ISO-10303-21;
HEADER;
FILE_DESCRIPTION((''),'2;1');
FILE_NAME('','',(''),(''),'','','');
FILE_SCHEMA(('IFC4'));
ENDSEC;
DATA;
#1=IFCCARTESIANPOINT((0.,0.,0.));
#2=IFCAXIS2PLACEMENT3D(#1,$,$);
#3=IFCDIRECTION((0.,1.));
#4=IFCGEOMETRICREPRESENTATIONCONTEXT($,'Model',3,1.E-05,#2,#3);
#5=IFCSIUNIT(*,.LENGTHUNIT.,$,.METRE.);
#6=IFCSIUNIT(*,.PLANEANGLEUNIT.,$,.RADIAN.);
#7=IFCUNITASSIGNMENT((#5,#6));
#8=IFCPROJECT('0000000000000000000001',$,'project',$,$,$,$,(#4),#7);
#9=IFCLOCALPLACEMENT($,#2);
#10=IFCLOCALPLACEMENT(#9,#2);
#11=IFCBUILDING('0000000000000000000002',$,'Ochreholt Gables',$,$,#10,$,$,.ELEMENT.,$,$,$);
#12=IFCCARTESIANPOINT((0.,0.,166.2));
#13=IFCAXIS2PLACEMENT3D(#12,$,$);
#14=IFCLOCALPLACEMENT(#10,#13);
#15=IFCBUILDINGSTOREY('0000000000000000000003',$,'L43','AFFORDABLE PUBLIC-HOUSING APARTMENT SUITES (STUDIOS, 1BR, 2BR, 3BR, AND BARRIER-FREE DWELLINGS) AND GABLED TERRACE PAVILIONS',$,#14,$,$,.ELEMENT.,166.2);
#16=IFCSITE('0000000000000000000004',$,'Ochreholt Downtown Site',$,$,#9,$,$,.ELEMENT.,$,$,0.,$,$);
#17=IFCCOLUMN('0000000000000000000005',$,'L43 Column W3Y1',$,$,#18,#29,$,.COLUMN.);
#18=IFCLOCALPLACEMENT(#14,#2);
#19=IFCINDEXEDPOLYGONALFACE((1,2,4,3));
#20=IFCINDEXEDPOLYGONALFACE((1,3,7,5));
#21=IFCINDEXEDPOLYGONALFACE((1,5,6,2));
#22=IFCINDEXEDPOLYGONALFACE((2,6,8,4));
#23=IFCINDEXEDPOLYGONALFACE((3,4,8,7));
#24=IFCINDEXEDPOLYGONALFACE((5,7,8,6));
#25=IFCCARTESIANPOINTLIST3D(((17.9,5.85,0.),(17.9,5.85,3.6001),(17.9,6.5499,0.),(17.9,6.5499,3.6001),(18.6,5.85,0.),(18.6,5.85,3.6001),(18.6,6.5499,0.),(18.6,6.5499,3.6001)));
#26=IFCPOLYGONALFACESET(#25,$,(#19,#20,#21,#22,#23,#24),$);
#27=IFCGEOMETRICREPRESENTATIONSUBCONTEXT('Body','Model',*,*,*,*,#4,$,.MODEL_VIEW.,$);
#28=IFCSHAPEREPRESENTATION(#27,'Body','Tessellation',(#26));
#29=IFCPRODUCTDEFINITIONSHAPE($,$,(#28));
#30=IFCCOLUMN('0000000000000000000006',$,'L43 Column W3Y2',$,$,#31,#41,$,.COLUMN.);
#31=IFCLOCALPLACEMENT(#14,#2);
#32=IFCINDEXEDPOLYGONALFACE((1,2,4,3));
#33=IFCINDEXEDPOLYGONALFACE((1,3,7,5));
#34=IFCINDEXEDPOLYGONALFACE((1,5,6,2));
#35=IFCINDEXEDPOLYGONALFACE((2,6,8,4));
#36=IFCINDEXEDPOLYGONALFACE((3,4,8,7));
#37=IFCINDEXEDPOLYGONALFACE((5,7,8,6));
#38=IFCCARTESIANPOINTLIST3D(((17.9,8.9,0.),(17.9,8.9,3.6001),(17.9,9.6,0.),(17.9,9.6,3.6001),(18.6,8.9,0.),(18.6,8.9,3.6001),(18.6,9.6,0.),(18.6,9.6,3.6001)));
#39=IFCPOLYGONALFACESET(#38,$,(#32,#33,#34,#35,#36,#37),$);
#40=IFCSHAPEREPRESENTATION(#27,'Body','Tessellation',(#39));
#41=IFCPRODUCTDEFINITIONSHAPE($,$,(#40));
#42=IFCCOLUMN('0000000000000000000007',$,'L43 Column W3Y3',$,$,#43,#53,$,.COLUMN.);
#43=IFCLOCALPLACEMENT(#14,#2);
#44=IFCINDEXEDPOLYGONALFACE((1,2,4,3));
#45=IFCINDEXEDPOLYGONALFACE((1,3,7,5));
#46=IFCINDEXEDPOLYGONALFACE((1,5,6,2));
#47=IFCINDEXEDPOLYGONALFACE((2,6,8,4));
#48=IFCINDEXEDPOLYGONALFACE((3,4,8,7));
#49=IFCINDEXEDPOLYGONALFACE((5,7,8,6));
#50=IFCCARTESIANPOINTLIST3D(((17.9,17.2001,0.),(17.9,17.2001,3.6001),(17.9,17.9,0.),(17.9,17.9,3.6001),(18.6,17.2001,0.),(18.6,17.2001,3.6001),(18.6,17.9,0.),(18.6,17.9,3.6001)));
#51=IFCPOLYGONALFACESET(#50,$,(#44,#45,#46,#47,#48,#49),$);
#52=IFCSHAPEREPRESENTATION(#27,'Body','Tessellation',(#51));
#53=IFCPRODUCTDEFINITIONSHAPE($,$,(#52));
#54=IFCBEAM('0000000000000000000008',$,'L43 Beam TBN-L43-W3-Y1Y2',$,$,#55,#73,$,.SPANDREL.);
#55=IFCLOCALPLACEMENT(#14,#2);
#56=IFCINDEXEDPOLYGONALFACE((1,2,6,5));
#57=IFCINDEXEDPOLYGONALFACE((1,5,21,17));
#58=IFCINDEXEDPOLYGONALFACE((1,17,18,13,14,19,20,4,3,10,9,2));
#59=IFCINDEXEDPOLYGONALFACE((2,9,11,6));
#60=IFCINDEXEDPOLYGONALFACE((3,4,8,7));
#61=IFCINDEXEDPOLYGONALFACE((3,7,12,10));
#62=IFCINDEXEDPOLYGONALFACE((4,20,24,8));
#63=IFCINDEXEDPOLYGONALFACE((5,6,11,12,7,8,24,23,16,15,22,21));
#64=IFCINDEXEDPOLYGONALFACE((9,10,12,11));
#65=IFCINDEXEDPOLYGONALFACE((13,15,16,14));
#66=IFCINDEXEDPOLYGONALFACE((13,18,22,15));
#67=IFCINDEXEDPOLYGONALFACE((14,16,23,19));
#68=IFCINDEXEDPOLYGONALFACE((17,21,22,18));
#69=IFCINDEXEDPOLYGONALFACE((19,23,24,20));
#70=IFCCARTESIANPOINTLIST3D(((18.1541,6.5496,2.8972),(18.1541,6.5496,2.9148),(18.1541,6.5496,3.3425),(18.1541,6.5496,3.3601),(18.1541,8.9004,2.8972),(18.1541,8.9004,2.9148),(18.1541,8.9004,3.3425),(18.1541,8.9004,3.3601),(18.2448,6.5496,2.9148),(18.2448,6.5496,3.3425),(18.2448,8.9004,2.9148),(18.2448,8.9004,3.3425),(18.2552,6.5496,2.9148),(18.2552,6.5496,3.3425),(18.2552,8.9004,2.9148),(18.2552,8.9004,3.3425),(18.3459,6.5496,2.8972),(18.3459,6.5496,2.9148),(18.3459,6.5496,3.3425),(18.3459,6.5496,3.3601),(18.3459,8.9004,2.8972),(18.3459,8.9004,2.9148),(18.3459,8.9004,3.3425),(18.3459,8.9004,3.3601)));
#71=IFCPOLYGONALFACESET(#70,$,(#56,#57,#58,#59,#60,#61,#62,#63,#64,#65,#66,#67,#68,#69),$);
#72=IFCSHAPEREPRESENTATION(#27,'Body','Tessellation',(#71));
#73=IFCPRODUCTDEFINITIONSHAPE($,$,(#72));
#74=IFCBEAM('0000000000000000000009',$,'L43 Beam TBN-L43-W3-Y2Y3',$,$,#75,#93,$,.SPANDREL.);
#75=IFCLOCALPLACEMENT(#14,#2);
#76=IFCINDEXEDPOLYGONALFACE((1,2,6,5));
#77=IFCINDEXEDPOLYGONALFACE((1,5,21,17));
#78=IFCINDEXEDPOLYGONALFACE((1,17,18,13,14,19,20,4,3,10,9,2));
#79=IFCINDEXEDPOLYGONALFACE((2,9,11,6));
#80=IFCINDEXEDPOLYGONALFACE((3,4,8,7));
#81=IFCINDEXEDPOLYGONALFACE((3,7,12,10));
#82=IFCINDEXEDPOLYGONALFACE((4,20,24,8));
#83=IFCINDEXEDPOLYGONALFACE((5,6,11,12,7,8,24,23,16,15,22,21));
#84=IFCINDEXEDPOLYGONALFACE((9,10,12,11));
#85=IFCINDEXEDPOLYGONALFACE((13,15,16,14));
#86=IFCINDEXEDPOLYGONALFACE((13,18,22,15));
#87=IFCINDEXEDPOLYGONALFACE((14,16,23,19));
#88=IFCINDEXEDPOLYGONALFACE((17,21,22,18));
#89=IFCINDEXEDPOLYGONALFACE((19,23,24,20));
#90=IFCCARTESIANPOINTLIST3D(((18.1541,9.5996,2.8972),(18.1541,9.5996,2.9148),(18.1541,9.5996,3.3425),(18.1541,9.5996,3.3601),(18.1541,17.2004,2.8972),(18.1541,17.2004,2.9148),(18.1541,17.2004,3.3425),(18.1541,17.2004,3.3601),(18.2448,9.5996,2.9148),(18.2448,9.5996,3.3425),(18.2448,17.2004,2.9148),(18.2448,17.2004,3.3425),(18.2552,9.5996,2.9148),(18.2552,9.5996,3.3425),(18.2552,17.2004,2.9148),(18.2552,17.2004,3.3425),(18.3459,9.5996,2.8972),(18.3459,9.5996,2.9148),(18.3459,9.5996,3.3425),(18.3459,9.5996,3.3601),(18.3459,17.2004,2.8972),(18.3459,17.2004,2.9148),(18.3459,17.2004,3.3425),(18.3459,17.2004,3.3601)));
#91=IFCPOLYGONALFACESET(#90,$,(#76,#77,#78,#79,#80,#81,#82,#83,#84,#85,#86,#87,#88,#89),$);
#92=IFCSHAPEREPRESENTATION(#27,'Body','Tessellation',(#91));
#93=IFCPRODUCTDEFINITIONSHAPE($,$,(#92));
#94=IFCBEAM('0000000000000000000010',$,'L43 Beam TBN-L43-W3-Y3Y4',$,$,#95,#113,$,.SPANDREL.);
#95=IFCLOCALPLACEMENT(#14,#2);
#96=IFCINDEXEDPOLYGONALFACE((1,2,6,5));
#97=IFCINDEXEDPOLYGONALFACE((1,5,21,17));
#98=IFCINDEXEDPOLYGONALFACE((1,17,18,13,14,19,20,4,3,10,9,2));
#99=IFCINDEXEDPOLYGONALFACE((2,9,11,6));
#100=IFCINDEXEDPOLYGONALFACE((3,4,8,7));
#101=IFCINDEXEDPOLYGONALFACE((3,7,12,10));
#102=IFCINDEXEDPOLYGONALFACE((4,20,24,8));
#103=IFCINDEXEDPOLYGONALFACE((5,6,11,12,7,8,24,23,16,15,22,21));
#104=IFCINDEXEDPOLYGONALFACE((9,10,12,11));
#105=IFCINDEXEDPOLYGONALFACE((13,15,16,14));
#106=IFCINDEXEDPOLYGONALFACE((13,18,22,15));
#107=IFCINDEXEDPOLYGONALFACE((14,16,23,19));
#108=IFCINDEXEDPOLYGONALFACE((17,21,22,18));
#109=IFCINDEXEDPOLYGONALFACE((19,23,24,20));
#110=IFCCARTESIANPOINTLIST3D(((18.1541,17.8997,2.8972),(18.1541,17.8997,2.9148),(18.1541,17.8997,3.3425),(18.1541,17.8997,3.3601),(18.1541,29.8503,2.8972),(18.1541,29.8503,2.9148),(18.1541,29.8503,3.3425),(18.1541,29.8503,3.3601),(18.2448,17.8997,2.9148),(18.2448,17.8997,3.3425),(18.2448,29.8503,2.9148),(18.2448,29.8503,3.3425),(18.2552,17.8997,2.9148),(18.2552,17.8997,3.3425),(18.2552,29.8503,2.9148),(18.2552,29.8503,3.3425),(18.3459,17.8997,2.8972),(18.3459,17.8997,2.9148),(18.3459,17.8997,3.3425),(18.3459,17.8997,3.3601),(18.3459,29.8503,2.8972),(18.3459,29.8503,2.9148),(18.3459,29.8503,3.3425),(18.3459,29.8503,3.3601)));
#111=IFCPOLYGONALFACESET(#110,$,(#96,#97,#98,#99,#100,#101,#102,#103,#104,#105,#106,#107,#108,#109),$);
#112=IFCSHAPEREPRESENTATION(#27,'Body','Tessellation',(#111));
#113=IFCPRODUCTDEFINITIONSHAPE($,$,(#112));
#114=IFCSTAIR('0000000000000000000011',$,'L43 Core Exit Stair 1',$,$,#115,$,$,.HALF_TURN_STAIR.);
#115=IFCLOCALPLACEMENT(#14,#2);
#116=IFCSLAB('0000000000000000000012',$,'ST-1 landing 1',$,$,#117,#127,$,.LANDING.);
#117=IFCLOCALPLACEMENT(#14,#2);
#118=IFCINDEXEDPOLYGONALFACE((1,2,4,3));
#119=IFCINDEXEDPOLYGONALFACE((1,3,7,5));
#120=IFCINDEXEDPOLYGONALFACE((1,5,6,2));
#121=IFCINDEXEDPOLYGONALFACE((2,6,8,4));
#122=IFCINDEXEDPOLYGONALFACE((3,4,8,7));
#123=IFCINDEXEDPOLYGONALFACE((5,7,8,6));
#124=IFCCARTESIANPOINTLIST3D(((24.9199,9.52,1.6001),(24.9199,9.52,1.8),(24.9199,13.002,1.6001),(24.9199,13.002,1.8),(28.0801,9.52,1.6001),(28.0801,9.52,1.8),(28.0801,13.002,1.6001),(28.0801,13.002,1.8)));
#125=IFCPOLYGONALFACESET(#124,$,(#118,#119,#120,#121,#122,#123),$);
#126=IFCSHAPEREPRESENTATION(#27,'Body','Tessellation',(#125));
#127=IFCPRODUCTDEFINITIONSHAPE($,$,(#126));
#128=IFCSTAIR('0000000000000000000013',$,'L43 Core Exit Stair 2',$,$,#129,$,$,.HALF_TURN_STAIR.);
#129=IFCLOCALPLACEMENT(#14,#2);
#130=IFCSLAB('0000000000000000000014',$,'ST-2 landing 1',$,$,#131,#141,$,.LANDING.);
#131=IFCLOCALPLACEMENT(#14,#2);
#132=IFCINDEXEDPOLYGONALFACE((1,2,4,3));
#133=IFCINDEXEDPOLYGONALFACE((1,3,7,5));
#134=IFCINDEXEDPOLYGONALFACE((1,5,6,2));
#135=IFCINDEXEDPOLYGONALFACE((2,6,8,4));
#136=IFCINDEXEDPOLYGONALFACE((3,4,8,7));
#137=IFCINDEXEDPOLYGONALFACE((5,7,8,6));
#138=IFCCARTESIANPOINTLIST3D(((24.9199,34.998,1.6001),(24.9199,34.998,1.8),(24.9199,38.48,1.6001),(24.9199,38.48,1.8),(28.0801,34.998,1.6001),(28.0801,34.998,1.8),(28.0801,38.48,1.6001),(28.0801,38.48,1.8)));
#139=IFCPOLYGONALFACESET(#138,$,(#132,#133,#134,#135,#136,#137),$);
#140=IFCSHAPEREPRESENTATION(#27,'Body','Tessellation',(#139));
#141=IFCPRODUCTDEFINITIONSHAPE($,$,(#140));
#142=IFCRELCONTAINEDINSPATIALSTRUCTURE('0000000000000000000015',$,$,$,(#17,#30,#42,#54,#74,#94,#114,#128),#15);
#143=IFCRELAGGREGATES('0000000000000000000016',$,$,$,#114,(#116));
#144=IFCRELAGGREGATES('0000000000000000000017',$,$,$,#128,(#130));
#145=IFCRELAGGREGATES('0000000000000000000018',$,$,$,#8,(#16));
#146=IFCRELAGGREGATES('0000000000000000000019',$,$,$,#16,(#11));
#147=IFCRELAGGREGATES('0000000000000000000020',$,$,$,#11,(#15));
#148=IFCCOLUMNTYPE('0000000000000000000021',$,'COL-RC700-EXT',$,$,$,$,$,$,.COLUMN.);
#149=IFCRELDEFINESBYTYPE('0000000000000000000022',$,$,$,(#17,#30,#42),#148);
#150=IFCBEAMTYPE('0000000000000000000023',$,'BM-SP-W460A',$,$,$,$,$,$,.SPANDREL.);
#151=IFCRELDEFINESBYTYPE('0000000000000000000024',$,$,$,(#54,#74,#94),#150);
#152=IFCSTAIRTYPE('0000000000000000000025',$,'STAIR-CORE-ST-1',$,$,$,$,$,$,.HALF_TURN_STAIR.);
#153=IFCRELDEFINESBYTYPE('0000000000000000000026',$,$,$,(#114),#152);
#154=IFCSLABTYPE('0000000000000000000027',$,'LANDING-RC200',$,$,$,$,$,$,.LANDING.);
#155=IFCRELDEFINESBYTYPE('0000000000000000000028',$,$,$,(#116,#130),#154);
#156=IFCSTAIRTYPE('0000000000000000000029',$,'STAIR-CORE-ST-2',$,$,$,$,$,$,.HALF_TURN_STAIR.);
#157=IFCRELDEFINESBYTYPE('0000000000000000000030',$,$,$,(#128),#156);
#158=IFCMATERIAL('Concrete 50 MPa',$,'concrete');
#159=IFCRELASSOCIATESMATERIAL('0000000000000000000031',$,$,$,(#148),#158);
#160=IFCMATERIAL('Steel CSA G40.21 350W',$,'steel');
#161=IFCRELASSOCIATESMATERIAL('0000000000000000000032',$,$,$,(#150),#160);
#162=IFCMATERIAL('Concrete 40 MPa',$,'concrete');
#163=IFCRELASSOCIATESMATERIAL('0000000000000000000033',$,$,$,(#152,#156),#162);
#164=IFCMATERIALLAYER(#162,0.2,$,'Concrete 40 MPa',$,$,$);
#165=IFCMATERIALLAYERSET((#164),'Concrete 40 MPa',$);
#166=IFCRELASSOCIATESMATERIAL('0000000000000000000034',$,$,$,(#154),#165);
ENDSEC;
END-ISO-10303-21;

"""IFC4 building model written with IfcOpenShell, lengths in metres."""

from ifc_helpers import new_model, si_unit, direction, frame, origin, origin_2d, place, context, subcontext, project, spatial, polyline, rectangle, i_section, outline, extrude, material, layer, layer_set, material_profile, profile_set, type_object, element, aggregate, save


model = new_model("IFC4")

# Units and contexts
model_context = context("Model", 3, precision=1e-05, world=origin(), true_north=direction((0.0, 1.0)))
body_context = subcontext(model_context, "Body", "Model", "MODEL_VIEW")
ifc_project = project(units=[si_unit("LENGTHUNIT", "METRE"), si_unit("PLANEANGLEUNIT", "RADIAN")], contexts=[model_context])

# Site, building, storey
site_placement = place(None, origin())
site = spatial("IfcSite", under=ifc_project, at=site_placement, Name="Ochreholt Downtown Site", CompositionType="ELEMENT", RefElevation=0.0)
building_placement = place(site_placement, origin())
building = spatial("IfcBuilding", under=site, at=building_placement, Name="Ochreholt Gables", CompositionType="ELEMENT")
storey_placement = place(building_placement, frame((0.0, 0.0, 166.2)))
storey = spatial("IfcBuildingStorey", under=building, at=storey_placement, Name="L43", Description="AFFORDABLE PUBLIC-HOUSING APARTMENT SUITES (STUDIOS, 1BR, 2BR, 3BR, AND BARRIER-FREE DWELLINGS) AND GABLED TERRACE PAVILIONS", CompositionType="ELEMENT", Elevation=166.2)

# Columns
ifc_material_1 = material(Name="Concrete 50 MPa", Category="concrete")
ifc_material_profile_1 = material_profile(ifc_material_1, rectangle(XDim=0.7, YDim=0.7, at=origin_2d()), Name="RC700X700")
ifc_profile_set_1 = profile_set([ifc_material_profile_1], Name="Concrete 50 MPa")
column_type = type_object("IfcColumnType", Name="COL-RC700-EXT", PredefinedType="COLUMN", material=ifc_profile_set_1)
for number, where, z_axis, x_axis, name in (
    (1, (18.25, 6.2, 0.0), (0.0, 0.0, 1.0), (1.0, 0.0, 0.0), "L43 Column W3Y1"),
    (2, (18.25, 9.25, 0.0), (0.0, 0.0, 1.0), (1.0, 0.0, 0.0), "L43 Column W3Y2"),
    (3, (18.25, 17.55, 0.0), (0.0, 0.0, 1.0), (1.0, 0.0, 0.0), "L43 Column W3Y3"),
):
    element("IfcColumn", number, at=place(storey_placement, frame(where, z_axis=z_axis, x_axis=x_axis)), inside=storey, type_object=column_type, Name=name, PredefinedType="COLUMN", context=body_context, shape_type="SweptSolid", body=[
        extrude(rectangle(XDim=0.7, YDim=0.7, at=origin_2d()), origin(), (0.0, 0.0, 1.0), 3.6001),
    ])

# Beams
ifc_material_2 = material(Name="Steel CSA G40.21 350W", Category="steel")
ifc_material_profile_2 = material_profile(ifc_material_2, i_section(OverallWidth=0.1919, OverallDepth=0.4629, WebThickness=0.0105, FlangeThickness=0.0176, at=origin_2d()), Name="W460X89")
ifc_profile_set_2 = profile_set([ifc_material_profile_2], Name="Steel CSA G40.21 350W")
beam_type = type_object("IfcBeamType", Name="BM-SP-W460A", PredefinedType="SPANDREL", material=ifc_profile_set_2)
beam_1_placement = place(storey_placement, frame((18.25, 6.5496, 3.1287), z_axis=(0.0, 1.0, 0.0), x_axis=(-1.0, 0.0, 0.0)))
element("IfcBeam", 4, at=beam_1_placement, inside=storey, type_object=beam_type, Name="L43 Beam TBN-L43-W3-Y1Y2", PredefinedType="SPANDREL", context=body_context, shape_type="SweptSolid", body=[
    extrude(i_section(OverallWidth=0.1919, OverallDepth=0.4629, WebThickness=0.0105, FlangeThickness=0.0176, at=origin_2d()), origin(), (0.0, 0.0, 1.0), 2.3508),
])
beam_2_placement = place(storey_placement, frame((18.25, 9.5996, 3.1287), z_axis=(0.0, 1.0, 0.0), x_axis=(-1.0, 0.0, 0.0)))
element("IfcBeam", 5, at=beam_2_placement, inside=storey, type_object=beam_type, Name="L43 Beam TBN-L43-W3-Y2Y3", PredefinedType="SPANDREL", context=body_context, shape_type="SweptSolid", body=[
    extrude(i_section(OverallWidth=0.1919, OverallDepth=0.4629, WebThickness=0.0105, FlangeThickness=0.0176, at=origin_2d()), origin(), (0.0, 0.0, 1.0), 7.6008),
])
beam_3_placement = place(storey_placement, frame((18.25, 17.8997, 3.1287), z_axis=(0.0, 1.0, 0.0), x_axis=(-1.0, 0.0, 0.0)))
element("IfcBeam", 6, at=beam_3_placement, inside=storey, type_object=beam_type, Name="L43 Beam TBN-L43-W3-Y3Y4", PredefinedType="SPANDREL", context=body_context, shape_type="SweptSolid", body=[
    extrude(i_section(OverallWidth=0.1919, OverallDepth=0.4629, WebThickness=0.0105, FlangeThickness=0.0176, at=origin_2d()), origin(), (0.0, 0.0, 1.0), 11.9507),
])

# Stairs, slabs
ifc_material_3 = material(Name="Concrete 40 MPa", Category="concrete")
stair_type_1 = type_object("IfcStairType", Name="STAIR-CORE-ST-1", PredefinedType="HALF_TURN_STAIR", material=ifc_material_3)
stair_1_placement = place(storey_placement, origin())
stair_1 = element("IfcStair", 7, at=stair_1_placement, inside=storey, type_object=stair_type_1, Name="L43 Core Exit Stair 1", PredefinedType="HALF_TURN_STAIR")
ifc_layer_1 = layer(ifc_material_3, 0.2, Name="Concrete 40 MPa")
ifc_layer_set_1 = layer_set([ifc_layer_1], Name="Concrete 40 MPa")
slab_type_1 = type_object("IfcSlabType", Name="LANDING-RC200", PredefinedType="LANDING", material=ifc_layer_set_1)
slab_1_placement = place(storey_placement, frame((0.0, 0.0, 1.6001)))
slab_1 = element("IfcSlab", 8, at=slab_1_placement, type_object=slab_type_1, Name="ST-1 landing 1", PredefinedType="LANDING", context=body_context, shape_type="SweptSolid", body=[
    extrude(outline(polyline([(24.9199, 13.002), (24.9199, 9.52), (28.0801, 9.52), (28.0801, 13.002), (24.9199, 13.002)])), origin(), (0.0, 0.0, 1.0), 0.2),
])
aggregate(stair_1, [slab_1])
stair_type_2 = type_object("IfcStairType", Name="STAIR-CORE-ST-2", PredefinedType="HALF_TURN_STAIR", material=ifc_material_3)
stair_2_placement = place(storey_placement, origin())
stair_2 = element("IfcStair", 9, at=stair_2_placement, inside=storey, type_object=stair_type_2, Name="L43 Core Exit Stair 2", PredefinedType="HALF_TURN_STAIR")
slab_2_placement = place(storey_placement, frame((0.0, 0.0, 1.6001)))
slab_2 = element("IfcSlab", 10, at=slab_2_placement, type_object=slab_type_1, Name="ST-2 landing 1", PredefinedType="LANDING", context=body_context, shape_type="SweptSolid", body=[
    extrude(outline(polyline([(28.0801, 34.998), (28.0801, 38.48), (24.9199, 38.48), (24.9199, 34.998), (28.0801, 34.998)])), origin(), (0.0, 0.0, 1.0), 0.2),
])
aggregate(stair_2, [slab_2])

save(model, "model.ifc")
